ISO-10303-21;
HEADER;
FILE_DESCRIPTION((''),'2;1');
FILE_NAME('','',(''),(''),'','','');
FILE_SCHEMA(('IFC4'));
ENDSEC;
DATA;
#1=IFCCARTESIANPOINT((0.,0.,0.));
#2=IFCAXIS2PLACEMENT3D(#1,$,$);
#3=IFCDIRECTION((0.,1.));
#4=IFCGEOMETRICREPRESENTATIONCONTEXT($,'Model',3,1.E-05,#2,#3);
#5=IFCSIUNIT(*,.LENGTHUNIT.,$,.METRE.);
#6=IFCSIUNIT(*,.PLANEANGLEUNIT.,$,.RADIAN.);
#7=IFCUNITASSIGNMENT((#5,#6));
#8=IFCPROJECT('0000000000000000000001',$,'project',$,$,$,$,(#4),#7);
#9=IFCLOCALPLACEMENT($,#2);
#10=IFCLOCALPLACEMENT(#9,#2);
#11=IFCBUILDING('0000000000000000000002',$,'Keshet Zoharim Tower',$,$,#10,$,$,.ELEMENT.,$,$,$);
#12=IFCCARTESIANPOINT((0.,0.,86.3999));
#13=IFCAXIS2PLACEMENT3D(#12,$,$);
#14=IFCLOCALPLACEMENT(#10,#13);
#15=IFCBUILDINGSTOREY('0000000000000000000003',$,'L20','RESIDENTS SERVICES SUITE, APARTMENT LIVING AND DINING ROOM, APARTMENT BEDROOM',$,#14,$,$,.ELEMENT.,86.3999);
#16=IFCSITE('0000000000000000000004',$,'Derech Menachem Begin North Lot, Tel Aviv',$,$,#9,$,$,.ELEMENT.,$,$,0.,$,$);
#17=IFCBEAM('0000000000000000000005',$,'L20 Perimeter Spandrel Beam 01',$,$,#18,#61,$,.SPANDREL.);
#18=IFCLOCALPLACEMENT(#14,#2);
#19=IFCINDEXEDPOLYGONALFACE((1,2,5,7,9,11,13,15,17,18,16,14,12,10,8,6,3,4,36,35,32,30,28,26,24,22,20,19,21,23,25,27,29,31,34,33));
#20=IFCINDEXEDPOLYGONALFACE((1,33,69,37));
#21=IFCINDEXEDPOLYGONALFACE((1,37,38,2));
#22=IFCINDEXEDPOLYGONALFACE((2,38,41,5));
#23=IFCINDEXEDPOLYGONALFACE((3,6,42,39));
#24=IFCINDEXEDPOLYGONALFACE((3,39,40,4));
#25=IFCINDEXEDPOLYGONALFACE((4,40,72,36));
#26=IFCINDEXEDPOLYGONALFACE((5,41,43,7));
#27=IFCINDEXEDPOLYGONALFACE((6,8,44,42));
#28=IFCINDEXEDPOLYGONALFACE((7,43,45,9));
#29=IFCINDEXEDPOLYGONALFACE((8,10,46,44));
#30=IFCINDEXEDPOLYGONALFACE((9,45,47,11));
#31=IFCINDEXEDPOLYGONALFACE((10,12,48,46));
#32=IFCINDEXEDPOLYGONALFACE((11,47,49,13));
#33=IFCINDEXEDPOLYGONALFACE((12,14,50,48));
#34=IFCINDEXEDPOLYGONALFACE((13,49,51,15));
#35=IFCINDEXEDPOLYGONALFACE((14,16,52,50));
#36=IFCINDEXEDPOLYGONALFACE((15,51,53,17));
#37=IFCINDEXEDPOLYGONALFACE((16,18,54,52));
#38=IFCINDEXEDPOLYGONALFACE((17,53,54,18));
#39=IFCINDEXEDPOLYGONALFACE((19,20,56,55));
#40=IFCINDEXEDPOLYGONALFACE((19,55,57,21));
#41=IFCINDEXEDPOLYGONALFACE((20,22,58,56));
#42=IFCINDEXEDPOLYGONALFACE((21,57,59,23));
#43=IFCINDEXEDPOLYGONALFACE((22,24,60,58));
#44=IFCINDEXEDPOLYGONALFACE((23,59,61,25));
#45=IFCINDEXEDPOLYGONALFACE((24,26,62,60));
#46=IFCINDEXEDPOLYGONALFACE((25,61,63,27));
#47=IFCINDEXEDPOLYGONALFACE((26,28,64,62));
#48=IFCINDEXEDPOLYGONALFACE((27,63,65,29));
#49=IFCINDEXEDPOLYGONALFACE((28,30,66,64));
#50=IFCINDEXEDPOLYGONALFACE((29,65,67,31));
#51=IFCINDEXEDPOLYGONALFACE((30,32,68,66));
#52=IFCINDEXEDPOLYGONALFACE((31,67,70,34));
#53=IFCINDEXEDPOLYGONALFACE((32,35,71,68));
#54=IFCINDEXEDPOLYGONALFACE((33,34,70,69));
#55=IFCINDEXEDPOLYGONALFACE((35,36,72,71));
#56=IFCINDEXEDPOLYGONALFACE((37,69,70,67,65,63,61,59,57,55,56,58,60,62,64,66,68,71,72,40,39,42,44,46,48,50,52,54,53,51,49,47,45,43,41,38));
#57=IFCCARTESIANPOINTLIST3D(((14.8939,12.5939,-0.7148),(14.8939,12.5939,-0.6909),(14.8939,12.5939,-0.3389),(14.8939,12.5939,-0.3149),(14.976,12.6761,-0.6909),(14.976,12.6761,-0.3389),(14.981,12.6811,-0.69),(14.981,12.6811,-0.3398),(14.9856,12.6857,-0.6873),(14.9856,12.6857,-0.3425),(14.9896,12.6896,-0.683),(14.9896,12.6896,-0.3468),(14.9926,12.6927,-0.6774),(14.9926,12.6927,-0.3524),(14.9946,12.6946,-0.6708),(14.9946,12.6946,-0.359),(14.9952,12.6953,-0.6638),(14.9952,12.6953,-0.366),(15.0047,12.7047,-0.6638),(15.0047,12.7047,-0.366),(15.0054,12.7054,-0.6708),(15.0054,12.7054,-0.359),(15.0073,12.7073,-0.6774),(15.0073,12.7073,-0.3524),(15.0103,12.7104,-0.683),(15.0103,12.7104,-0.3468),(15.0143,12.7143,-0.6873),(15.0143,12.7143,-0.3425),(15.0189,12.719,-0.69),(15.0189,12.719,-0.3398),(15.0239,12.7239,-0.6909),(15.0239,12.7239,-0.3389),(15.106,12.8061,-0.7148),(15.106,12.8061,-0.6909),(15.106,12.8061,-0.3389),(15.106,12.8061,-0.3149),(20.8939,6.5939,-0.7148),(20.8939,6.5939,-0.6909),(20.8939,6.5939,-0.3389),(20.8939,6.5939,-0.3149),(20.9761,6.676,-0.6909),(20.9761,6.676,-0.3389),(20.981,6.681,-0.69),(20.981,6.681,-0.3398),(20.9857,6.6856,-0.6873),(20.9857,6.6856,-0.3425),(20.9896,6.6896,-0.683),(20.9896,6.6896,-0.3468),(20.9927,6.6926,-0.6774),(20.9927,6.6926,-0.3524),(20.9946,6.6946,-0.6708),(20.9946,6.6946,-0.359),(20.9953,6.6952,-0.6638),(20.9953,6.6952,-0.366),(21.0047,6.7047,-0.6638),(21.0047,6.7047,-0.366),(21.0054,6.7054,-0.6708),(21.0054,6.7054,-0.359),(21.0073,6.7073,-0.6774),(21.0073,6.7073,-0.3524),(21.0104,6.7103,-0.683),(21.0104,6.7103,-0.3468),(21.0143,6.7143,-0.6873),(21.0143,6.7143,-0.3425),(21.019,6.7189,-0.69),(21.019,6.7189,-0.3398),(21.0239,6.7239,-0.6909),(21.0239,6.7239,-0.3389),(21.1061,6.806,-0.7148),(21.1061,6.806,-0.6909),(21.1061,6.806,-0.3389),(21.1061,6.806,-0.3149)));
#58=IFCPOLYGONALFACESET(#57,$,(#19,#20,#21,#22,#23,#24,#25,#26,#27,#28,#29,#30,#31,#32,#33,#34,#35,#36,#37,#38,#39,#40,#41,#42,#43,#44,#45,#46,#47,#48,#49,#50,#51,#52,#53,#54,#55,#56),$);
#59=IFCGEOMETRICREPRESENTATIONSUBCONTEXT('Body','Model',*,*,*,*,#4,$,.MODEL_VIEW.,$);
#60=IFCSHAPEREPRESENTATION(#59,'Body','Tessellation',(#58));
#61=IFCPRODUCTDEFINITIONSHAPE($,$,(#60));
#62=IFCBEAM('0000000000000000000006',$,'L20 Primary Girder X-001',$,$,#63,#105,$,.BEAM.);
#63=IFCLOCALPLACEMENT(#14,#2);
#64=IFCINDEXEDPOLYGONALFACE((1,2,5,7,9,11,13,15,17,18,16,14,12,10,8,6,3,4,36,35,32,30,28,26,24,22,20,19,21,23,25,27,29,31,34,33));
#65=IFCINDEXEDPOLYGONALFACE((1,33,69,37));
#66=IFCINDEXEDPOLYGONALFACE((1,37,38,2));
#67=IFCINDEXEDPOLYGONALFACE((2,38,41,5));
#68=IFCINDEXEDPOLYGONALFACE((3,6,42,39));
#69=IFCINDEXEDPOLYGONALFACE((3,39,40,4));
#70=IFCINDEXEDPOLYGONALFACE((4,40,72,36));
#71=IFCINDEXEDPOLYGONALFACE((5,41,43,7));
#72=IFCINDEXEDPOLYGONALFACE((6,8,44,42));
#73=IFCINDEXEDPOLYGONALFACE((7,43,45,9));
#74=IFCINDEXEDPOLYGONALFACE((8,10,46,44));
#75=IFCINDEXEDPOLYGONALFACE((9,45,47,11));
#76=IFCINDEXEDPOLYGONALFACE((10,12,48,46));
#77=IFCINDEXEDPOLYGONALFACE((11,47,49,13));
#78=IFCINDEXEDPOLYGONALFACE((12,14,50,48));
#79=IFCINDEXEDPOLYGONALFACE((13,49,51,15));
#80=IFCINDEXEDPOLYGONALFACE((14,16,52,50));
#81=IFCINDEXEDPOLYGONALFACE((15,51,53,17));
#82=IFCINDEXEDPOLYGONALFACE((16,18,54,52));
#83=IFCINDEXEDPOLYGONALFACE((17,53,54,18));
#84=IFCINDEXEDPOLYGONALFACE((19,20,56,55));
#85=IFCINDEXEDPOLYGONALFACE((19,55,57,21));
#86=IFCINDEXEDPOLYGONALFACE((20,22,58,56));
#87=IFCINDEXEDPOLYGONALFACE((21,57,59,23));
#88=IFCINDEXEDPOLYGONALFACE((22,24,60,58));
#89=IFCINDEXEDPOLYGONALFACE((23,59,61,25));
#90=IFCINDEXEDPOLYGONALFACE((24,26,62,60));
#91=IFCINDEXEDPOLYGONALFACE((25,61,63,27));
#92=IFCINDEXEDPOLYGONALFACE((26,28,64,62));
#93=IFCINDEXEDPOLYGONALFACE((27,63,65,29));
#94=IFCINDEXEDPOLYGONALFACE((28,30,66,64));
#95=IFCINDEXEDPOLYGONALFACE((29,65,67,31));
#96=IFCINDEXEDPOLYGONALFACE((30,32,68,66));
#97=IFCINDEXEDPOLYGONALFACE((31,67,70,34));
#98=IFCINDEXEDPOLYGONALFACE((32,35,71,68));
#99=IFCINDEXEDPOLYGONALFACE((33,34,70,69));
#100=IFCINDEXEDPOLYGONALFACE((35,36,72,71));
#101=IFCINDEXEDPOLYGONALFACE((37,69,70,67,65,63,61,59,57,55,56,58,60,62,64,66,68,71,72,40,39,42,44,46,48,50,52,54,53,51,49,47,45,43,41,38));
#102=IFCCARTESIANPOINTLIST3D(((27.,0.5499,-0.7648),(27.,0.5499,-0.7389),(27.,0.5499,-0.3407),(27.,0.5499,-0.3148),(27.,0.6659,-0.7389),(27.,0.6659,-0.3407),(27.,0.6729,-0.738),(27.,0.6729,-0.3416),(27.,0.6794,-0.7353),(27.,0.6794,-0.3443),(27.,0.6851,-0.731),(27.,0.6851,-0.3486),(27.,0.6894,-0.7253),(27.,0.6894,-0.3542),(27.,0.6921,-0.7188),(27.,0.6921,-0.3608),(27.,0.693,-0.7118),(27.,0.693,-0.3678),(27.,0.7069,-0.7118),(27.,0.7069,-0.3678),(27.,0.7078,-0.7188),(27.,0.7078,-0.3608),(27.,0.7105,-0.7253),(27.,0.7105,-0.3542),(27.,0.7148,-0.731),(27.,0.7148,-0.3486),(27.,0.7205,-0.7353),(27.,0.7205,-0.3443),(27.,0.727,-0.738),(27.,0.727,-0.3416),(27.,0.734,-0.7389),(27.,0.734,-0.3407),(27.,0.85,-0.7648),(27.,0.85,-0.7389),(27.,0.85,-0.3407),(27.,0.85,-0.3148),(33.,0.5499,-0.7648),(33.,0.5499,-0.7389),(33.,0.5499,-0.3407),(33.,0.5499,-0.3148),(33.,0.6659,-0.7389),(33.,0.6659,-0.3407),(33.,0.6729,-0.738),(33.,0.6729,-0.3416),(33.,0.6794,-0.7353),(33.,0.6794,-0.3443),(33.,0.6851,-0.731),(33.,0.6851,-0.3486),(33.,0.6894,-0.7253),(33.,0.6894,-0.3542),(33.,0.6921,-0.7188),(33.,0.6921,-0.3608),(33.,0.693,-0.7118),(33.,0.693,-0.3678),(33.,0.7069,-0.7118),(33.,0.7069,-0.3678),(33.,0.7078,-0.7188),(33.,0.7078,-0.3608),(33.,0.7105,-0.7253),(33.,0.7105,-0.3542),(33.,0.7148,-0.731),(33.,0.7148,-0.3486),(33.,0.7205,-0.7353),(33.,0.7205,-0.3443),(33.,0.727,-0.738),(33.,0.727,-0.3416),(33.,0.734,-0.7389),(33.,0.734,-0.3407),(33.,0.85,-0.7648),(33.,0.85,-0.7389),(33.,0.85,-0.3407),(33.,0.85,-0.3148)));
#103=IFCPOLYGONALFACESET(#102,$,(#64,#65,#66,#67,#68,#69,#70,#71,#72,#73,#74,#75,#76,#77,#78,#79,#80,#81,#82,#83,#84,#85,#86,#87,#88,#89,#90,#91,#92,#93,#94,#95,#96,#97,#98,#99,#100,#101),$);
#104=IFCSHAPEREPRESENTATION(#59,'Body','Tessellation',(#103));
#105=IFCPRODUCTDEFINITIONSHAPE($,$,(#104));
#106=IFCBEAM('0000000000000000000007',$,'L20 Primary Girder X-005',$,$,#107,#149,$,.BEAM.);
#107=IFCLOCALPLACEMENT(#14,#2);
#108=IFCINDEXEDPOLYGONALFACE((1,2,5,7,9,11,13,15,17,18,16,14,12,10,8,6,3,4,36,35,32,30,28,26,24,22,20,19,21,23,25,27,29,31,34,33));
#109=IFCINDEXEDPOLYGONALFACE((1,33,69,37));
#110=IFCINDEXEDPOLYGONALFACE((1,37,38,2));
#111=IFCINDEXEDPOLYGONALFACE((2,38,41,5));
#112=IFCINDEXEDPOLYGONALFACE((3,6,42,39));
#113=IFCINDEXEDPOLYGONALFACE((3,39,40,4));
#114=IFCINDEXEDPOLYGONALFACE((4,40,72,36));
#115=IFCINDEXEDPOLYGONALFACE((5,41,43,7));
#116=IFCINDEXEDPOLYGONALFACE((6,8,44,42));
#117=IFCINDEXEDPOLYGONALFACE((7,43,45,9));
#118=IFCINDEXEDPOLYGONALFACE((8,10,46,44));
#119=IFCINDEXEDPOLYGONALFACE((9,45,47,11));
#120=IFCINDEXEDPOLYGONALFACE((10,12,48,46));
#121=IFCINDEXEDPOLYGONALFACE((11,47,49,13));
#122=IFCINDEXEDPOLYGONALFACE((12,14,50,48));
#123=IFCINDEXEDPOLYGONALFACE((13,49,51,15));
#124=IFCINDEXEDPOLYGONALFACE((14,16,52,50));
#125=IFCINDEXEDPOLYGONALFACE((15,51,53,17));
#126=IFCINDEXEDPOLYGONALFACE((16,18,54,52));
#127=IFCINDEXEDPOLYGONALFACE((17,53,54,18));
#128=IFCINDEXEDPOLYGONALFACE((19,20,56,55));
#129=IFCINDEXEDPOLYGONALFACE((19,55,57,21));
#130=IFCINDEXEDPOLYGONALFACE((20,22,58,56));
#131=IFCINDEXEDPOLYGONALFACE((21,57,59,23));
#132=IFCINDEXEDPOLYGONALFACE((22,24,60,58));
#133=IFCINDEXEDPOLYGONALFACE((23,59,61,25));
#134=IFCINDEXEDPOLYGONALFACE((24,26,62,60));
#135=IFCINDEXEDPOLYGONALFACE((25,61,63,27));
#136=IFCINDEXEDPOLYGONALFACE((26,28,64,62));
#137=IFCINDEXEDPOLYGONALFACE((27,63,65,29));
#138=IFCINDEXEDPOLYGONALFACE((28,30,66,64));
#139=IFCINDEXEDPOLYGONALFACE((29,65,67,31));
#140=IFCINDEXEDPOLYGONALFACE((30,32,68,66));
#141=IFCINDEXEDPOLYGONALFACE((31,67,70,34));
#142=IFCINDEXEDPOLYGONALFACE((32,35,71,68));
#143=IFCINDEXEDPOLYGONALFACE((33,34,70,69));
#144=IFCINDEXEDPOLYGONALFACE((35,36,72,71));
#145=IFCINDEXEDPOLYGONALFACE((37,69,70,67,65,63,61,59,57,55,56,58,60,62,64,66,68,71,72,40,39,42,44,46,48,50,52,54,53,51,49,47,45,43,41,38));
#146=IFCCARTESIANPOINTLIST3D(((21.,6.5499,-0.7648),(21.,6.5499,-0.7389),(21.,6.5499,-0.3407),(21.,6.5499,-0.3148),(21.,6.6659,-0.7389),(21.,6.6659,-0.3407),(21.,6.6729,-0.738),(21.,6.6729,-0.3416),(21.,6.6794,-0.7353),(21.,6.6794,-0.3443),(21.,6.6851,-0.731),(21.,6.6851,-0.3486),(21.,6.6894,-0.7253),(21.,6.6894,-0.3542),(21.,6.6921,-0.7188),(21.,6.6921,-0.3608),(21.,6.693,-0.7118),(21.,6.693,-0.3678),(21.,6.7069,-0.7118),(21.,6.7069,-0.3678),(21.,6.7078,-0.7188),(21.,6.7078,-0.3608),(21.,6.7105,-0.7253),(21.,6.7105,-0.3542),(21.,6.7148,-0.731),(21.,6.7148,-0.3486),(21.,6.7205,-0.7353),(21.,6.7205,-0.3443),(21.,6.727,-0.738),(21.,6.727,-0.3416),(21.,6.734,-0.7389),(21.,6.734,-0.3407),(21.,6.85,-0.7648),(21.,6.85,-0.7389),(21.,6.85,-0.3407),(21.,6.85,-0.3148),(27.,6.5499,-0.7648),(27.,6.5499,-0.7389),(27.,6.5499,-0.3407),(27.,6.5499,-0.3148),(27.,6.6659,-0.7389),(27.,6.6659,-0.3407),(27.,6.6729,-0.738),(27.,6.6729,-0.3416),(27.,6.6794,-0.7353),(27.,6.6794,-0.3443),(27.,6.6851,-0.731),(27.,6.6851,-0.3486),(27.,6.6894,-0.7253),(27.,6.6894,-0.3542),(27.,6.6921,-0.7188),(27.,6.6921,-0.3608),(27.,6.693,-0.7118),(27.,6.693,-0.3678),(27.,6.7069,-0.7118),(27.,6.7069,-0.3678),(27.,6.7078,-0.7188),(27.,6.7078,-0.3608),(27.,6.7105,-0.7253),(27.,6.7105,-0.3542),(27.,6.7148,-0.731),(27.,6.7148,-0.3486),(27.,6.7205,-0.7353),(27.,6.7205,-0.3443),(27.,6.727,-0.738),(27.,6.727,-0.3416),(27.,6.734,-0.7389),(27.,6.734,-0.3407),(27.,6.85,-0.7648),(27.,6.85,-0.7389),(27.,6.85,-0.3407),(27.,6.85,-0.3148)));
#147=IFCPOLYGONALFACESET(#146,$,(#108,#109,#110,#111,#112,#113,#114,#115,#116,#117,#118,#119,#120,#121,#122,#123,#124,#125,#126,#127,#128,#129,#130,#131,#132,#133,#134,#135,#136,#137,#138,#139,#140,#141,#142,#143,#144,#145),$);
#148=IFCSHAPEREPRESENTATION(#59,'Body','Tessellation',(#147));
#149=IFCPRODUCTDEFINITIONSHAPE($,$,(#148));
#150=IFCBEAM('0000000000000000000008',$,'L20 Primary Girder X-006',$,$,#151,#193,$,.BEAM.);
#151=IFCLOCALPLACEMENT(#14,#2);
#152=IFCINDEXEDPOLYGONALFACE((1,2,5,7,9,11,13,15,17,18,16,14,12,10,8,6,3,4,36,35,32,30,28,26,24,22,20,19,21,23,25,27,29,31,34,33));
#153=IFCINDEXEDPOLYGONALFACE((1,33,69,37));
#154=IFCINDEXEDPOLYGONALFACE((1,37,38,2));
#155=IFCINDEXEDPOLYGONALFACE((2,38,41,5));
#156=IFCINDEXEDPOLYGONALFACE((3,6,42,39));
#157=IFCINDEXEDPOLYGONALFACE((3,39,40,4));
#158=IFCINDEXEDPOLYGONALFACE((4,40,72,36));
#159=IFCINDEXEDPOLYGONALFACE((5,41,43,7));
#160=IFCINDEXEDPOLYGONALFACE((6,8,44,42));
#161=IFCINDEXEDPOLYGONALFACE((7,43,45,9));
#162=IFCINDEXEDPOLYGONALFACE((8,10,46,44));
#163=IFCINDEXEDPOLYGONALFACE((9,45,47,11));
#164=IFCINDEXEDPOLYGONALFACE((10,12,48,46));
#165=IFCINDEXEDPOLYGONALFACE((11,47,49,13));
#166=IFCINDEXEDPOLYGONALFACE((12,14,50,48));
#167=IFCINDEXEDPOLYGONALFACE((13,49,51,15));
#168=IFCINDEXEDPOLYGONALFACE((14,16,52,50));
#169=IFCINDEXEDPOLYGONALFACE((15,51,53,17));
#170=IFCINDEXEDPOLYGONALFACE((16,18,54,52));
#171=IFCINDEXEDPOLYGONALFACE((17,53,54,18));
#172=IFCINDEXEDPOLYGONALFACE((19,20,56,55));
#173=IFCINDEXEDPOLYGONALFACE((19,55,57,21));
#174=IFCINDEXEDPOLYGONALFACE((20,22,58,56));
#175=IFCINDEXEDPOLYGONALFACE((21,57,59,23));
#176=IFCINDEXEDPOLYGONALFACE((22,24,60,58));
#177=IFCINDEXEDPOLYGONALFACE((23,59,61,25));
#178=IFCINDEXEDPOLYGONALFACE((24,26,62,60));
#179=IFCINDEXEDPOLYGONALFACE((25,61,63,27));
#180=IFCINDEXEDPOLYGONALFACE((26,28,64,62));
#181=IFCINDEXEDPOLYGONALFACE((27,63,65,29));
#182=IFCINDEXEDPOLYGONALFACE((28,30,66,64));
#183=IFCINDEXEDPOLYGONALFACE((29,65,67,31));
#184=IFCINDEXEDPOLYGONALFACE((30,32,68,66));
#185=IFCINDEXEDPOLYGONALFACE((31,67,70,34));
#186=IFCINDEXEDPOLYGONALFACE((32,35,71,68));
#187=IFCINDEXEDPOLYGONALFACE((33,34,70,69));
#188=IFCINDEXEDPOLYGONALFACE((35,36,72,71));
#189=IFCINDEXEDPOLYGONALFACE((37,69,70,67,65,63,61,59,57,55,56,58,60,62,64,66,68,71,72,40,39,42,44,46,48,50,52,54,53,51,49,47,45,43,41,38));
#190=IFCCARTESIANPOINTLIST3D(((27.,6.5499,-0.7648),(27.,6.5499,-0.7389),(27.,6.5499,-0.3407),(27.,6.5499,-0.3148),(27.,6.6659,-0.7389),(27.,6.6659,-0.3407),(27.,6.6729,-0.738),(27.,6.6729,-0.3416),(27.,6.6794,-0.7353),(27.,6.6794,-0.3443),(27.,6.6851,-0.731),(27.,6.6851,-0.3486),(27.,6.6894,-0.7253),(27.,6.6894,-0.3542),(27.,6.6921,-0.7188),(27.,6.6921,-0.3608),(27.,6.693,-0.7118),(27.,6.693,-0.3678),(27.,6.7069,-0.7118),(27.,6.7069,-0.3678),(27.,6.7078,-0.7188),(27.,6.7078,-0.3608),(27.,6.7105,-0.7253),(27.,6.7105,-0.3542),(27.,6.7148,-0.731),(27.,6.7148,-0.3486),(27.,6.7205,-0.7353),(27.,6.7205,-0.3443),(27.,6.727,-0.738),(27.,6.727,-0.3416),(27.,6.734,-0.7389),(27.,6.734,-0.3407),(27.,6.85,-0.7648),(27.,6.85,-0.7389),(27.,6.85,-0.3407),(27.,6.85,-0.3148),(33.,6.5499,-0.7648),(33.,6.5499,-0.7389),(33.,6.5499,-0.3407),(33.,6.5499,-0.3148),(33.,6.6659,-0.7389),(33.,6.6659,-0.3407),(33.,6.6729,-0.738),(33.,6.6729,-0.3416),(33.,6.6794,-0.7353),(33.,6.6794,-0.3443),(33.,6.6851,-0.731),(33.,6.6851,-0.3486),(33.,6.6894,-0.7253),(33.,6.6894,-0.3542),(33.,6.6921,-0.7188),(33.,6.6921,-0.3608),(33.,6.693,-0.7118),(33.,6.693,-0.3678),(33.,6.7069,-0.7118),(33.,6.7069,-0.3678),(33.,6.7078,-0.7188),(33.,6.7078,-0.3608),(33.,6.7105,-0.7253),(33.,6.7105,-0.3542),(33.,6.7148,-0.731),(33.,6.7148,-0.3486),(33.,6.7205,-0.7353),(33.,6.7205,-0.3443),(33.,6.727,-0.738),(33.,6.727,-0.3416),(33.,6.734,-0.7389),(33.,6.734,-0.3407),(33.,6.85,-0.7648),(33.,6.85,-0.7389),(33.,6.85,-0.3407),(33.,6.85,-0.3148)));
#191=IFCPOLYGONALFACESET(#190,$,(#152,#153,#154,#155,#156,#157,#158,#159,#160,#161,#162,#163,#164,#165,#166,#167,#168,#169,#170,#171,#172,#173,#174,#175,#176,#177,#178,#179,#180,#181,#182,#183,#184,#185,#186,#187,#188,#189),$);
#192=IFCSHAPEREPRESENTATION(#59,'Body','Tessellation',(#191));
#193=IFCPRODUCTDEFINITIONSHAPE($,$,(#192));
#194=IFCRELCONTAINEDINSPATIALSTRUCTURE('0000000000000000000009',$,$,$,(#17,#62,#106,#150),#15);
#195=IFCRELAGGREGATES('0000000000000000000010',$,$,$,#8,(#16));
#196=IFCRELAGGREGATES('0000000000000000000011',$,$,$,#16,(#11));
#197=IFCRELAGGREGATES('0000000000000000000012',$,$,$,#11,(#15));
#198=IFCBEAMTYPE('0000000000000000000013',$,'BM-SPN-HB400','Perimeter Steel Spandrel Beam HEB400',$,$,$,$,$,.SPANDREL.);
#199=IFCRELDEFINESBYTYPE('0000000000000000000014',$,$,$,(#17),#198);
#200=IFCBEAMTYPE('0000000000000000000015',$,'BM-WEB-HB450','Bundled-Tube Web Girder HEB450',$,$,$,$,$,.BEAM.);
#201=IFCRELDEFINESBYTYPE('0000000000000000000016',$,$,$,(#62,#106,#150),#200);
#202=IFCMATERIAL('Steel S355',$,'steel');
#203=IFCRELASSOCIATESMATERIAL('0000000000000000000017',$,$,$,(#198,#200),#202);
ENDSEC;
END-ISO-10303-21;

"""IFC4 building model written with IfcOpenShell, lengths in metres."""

from ifc_helpers import new_model, si_unit, direction, frame, origin, origin_2d, place, context, subcontext, project, spatial, i_section, extrude, material, material_profile, profile_set, type_object, element, save


model = new_model("IFC4")

# Units and contexts
model_context = context("Model", 3, precision=1e-05, world=origin(), true_north=direction((0.0, 1.0)))
body_context = subcontext(model_context, "Body", "Model", "MODEL_VIEW")
ifc_project = project(units=[si_unit("LENGTHUNIT", "METRE"), si_unit("PLANEANGLEUNIT", "RADIAN")], contexts=[model_context])

# Site, building, storey
site_placement = place(None, origin())
site = spatial("IfcSite", under=ifc_project, at=site_placement, Name="Derech Menachem Begin North Lot, Tel Aviv", CompositionType="ELEMENT", RefElevation=0.0)
building_placement = place(site_placement, origin())
building = spatial("IfcBuilding", under=site, at=building_placement, Name="Keshet Zoharim Tower", CompositionType="ELEMENT")
storey_placement = place(building_placement, frame((0.0, 0.0, 86.3999)))
storey = spatial("IfcBuildingStorey", under=building, at=storey_placement, Name="L20", Description="RESIDENTS SERVICES SUITE, APARTMENT LIVING AND DINING ROOM, APARTMENT BEDROOM", CompositionType="ELEMENT", Elevation=86.3999)

# Shared definitions
ifc_material_1 = material(Name="Steel S355", Category="steel")

# Beams
ifc_material_profile_1 = material_profile(ifc_material_1, i_section(OverallWidth=0.3, OverallDepth=0.3999, WebThickness=0.0134, FlangeThickness=0.0239, FilletRadius=0.0271, at=origin_2d()), Name="HEB400")
ifc_profile_set_1 = profile_set([ifc_material_profile_1], Name="Steel S355")
beam_type_1 = type_object("IfcBeamType", Name="BM-SPN-HB400", Description="Perimeter Steel Spandrel Beam HEB400", PredefinedType="SPANDREL", material=ifc_profile_set_1)
beam_1_placement = place(storey_placement, frame((21.0, 6.7, -0.5149), z_axis=(-0.707107, 0.707107, 0.0), x_axis=(-0.707107, -0.707107, 0.0)))
element("IfcBeam", 1, at=beam_1_placement, inside=storey, type_object=beam_type_1, Name="L20 Perimeter Spandrel Beam 01", PredefinedType="SPANDREL", context=body_context, shape_type="SweptSolid", body=[
    extrude(i_section(OverallWidth=0.3, OverallDepth=0.3999, WebThickness=0.0134, FlangeThickness=0.0239, FilletRadius=0.0271, at=origin_2d()), origin(), (0.0, 0.0, 1.0), 8.4854),
])
ifc_material_profile_2 = material_profile(ifc_material_1, i_section(OverallWidth=0.3, OverallDepth=0.45, WebThickness=0.0139, FlangeThickness=0.0259, FilletRadius=0.0271, at=origin_2d()), Name="HEB450")
ifc_profile_set_2 = profile_set([ifc_material_profile_2], Name="Steel S355")
beam_type_2 = type_object("IfcBeamType", Name="BM-WEB-HB450", Description="Bundled-Tube Web Girder HEB450", PredefinedType="BEAM", material=ifc_profile_set_2)
for number, where, z_axis, x_axis, name in (
    (2, (27.0, 0.7, -0.5398), (1.0, 0.0, 0.0), (0.0, 1.0, 0.0), "L20 Primary Girder X-001"),
    (3, (21.0, 6.7, -0.5398), (1.0, 0.0, 0.0), (0.0, 1.0, 0.0), "L20 Primary Girder X-005"),
    (4, (27.0, 6.7, -0.5398), (1.0, 0.0, 0.0), (0.0, 1.0, 0.0), "L20 Primary Girder X-006"),
):
    element("IfcBeam", number, at=place(storey_placement, frame(where, z_axis=z_axis, x_axis=x_axis)), inside=storey, type_object=beam_type_2, Name=name, PredefinedType="BEAM", context=body_context, shape_type="SweptSolid", body=[
        extrude(i_section(OverallWidth=0.3, OverallDepth=0.45, WebThickness=0.0139, FlangeThickness=0.0259, FilletRadius=0.0271, at=origin_2d()), origin(), (0.0, 0.0, 1.0), 6.0),
    ])

save(model, "model.ifc")
